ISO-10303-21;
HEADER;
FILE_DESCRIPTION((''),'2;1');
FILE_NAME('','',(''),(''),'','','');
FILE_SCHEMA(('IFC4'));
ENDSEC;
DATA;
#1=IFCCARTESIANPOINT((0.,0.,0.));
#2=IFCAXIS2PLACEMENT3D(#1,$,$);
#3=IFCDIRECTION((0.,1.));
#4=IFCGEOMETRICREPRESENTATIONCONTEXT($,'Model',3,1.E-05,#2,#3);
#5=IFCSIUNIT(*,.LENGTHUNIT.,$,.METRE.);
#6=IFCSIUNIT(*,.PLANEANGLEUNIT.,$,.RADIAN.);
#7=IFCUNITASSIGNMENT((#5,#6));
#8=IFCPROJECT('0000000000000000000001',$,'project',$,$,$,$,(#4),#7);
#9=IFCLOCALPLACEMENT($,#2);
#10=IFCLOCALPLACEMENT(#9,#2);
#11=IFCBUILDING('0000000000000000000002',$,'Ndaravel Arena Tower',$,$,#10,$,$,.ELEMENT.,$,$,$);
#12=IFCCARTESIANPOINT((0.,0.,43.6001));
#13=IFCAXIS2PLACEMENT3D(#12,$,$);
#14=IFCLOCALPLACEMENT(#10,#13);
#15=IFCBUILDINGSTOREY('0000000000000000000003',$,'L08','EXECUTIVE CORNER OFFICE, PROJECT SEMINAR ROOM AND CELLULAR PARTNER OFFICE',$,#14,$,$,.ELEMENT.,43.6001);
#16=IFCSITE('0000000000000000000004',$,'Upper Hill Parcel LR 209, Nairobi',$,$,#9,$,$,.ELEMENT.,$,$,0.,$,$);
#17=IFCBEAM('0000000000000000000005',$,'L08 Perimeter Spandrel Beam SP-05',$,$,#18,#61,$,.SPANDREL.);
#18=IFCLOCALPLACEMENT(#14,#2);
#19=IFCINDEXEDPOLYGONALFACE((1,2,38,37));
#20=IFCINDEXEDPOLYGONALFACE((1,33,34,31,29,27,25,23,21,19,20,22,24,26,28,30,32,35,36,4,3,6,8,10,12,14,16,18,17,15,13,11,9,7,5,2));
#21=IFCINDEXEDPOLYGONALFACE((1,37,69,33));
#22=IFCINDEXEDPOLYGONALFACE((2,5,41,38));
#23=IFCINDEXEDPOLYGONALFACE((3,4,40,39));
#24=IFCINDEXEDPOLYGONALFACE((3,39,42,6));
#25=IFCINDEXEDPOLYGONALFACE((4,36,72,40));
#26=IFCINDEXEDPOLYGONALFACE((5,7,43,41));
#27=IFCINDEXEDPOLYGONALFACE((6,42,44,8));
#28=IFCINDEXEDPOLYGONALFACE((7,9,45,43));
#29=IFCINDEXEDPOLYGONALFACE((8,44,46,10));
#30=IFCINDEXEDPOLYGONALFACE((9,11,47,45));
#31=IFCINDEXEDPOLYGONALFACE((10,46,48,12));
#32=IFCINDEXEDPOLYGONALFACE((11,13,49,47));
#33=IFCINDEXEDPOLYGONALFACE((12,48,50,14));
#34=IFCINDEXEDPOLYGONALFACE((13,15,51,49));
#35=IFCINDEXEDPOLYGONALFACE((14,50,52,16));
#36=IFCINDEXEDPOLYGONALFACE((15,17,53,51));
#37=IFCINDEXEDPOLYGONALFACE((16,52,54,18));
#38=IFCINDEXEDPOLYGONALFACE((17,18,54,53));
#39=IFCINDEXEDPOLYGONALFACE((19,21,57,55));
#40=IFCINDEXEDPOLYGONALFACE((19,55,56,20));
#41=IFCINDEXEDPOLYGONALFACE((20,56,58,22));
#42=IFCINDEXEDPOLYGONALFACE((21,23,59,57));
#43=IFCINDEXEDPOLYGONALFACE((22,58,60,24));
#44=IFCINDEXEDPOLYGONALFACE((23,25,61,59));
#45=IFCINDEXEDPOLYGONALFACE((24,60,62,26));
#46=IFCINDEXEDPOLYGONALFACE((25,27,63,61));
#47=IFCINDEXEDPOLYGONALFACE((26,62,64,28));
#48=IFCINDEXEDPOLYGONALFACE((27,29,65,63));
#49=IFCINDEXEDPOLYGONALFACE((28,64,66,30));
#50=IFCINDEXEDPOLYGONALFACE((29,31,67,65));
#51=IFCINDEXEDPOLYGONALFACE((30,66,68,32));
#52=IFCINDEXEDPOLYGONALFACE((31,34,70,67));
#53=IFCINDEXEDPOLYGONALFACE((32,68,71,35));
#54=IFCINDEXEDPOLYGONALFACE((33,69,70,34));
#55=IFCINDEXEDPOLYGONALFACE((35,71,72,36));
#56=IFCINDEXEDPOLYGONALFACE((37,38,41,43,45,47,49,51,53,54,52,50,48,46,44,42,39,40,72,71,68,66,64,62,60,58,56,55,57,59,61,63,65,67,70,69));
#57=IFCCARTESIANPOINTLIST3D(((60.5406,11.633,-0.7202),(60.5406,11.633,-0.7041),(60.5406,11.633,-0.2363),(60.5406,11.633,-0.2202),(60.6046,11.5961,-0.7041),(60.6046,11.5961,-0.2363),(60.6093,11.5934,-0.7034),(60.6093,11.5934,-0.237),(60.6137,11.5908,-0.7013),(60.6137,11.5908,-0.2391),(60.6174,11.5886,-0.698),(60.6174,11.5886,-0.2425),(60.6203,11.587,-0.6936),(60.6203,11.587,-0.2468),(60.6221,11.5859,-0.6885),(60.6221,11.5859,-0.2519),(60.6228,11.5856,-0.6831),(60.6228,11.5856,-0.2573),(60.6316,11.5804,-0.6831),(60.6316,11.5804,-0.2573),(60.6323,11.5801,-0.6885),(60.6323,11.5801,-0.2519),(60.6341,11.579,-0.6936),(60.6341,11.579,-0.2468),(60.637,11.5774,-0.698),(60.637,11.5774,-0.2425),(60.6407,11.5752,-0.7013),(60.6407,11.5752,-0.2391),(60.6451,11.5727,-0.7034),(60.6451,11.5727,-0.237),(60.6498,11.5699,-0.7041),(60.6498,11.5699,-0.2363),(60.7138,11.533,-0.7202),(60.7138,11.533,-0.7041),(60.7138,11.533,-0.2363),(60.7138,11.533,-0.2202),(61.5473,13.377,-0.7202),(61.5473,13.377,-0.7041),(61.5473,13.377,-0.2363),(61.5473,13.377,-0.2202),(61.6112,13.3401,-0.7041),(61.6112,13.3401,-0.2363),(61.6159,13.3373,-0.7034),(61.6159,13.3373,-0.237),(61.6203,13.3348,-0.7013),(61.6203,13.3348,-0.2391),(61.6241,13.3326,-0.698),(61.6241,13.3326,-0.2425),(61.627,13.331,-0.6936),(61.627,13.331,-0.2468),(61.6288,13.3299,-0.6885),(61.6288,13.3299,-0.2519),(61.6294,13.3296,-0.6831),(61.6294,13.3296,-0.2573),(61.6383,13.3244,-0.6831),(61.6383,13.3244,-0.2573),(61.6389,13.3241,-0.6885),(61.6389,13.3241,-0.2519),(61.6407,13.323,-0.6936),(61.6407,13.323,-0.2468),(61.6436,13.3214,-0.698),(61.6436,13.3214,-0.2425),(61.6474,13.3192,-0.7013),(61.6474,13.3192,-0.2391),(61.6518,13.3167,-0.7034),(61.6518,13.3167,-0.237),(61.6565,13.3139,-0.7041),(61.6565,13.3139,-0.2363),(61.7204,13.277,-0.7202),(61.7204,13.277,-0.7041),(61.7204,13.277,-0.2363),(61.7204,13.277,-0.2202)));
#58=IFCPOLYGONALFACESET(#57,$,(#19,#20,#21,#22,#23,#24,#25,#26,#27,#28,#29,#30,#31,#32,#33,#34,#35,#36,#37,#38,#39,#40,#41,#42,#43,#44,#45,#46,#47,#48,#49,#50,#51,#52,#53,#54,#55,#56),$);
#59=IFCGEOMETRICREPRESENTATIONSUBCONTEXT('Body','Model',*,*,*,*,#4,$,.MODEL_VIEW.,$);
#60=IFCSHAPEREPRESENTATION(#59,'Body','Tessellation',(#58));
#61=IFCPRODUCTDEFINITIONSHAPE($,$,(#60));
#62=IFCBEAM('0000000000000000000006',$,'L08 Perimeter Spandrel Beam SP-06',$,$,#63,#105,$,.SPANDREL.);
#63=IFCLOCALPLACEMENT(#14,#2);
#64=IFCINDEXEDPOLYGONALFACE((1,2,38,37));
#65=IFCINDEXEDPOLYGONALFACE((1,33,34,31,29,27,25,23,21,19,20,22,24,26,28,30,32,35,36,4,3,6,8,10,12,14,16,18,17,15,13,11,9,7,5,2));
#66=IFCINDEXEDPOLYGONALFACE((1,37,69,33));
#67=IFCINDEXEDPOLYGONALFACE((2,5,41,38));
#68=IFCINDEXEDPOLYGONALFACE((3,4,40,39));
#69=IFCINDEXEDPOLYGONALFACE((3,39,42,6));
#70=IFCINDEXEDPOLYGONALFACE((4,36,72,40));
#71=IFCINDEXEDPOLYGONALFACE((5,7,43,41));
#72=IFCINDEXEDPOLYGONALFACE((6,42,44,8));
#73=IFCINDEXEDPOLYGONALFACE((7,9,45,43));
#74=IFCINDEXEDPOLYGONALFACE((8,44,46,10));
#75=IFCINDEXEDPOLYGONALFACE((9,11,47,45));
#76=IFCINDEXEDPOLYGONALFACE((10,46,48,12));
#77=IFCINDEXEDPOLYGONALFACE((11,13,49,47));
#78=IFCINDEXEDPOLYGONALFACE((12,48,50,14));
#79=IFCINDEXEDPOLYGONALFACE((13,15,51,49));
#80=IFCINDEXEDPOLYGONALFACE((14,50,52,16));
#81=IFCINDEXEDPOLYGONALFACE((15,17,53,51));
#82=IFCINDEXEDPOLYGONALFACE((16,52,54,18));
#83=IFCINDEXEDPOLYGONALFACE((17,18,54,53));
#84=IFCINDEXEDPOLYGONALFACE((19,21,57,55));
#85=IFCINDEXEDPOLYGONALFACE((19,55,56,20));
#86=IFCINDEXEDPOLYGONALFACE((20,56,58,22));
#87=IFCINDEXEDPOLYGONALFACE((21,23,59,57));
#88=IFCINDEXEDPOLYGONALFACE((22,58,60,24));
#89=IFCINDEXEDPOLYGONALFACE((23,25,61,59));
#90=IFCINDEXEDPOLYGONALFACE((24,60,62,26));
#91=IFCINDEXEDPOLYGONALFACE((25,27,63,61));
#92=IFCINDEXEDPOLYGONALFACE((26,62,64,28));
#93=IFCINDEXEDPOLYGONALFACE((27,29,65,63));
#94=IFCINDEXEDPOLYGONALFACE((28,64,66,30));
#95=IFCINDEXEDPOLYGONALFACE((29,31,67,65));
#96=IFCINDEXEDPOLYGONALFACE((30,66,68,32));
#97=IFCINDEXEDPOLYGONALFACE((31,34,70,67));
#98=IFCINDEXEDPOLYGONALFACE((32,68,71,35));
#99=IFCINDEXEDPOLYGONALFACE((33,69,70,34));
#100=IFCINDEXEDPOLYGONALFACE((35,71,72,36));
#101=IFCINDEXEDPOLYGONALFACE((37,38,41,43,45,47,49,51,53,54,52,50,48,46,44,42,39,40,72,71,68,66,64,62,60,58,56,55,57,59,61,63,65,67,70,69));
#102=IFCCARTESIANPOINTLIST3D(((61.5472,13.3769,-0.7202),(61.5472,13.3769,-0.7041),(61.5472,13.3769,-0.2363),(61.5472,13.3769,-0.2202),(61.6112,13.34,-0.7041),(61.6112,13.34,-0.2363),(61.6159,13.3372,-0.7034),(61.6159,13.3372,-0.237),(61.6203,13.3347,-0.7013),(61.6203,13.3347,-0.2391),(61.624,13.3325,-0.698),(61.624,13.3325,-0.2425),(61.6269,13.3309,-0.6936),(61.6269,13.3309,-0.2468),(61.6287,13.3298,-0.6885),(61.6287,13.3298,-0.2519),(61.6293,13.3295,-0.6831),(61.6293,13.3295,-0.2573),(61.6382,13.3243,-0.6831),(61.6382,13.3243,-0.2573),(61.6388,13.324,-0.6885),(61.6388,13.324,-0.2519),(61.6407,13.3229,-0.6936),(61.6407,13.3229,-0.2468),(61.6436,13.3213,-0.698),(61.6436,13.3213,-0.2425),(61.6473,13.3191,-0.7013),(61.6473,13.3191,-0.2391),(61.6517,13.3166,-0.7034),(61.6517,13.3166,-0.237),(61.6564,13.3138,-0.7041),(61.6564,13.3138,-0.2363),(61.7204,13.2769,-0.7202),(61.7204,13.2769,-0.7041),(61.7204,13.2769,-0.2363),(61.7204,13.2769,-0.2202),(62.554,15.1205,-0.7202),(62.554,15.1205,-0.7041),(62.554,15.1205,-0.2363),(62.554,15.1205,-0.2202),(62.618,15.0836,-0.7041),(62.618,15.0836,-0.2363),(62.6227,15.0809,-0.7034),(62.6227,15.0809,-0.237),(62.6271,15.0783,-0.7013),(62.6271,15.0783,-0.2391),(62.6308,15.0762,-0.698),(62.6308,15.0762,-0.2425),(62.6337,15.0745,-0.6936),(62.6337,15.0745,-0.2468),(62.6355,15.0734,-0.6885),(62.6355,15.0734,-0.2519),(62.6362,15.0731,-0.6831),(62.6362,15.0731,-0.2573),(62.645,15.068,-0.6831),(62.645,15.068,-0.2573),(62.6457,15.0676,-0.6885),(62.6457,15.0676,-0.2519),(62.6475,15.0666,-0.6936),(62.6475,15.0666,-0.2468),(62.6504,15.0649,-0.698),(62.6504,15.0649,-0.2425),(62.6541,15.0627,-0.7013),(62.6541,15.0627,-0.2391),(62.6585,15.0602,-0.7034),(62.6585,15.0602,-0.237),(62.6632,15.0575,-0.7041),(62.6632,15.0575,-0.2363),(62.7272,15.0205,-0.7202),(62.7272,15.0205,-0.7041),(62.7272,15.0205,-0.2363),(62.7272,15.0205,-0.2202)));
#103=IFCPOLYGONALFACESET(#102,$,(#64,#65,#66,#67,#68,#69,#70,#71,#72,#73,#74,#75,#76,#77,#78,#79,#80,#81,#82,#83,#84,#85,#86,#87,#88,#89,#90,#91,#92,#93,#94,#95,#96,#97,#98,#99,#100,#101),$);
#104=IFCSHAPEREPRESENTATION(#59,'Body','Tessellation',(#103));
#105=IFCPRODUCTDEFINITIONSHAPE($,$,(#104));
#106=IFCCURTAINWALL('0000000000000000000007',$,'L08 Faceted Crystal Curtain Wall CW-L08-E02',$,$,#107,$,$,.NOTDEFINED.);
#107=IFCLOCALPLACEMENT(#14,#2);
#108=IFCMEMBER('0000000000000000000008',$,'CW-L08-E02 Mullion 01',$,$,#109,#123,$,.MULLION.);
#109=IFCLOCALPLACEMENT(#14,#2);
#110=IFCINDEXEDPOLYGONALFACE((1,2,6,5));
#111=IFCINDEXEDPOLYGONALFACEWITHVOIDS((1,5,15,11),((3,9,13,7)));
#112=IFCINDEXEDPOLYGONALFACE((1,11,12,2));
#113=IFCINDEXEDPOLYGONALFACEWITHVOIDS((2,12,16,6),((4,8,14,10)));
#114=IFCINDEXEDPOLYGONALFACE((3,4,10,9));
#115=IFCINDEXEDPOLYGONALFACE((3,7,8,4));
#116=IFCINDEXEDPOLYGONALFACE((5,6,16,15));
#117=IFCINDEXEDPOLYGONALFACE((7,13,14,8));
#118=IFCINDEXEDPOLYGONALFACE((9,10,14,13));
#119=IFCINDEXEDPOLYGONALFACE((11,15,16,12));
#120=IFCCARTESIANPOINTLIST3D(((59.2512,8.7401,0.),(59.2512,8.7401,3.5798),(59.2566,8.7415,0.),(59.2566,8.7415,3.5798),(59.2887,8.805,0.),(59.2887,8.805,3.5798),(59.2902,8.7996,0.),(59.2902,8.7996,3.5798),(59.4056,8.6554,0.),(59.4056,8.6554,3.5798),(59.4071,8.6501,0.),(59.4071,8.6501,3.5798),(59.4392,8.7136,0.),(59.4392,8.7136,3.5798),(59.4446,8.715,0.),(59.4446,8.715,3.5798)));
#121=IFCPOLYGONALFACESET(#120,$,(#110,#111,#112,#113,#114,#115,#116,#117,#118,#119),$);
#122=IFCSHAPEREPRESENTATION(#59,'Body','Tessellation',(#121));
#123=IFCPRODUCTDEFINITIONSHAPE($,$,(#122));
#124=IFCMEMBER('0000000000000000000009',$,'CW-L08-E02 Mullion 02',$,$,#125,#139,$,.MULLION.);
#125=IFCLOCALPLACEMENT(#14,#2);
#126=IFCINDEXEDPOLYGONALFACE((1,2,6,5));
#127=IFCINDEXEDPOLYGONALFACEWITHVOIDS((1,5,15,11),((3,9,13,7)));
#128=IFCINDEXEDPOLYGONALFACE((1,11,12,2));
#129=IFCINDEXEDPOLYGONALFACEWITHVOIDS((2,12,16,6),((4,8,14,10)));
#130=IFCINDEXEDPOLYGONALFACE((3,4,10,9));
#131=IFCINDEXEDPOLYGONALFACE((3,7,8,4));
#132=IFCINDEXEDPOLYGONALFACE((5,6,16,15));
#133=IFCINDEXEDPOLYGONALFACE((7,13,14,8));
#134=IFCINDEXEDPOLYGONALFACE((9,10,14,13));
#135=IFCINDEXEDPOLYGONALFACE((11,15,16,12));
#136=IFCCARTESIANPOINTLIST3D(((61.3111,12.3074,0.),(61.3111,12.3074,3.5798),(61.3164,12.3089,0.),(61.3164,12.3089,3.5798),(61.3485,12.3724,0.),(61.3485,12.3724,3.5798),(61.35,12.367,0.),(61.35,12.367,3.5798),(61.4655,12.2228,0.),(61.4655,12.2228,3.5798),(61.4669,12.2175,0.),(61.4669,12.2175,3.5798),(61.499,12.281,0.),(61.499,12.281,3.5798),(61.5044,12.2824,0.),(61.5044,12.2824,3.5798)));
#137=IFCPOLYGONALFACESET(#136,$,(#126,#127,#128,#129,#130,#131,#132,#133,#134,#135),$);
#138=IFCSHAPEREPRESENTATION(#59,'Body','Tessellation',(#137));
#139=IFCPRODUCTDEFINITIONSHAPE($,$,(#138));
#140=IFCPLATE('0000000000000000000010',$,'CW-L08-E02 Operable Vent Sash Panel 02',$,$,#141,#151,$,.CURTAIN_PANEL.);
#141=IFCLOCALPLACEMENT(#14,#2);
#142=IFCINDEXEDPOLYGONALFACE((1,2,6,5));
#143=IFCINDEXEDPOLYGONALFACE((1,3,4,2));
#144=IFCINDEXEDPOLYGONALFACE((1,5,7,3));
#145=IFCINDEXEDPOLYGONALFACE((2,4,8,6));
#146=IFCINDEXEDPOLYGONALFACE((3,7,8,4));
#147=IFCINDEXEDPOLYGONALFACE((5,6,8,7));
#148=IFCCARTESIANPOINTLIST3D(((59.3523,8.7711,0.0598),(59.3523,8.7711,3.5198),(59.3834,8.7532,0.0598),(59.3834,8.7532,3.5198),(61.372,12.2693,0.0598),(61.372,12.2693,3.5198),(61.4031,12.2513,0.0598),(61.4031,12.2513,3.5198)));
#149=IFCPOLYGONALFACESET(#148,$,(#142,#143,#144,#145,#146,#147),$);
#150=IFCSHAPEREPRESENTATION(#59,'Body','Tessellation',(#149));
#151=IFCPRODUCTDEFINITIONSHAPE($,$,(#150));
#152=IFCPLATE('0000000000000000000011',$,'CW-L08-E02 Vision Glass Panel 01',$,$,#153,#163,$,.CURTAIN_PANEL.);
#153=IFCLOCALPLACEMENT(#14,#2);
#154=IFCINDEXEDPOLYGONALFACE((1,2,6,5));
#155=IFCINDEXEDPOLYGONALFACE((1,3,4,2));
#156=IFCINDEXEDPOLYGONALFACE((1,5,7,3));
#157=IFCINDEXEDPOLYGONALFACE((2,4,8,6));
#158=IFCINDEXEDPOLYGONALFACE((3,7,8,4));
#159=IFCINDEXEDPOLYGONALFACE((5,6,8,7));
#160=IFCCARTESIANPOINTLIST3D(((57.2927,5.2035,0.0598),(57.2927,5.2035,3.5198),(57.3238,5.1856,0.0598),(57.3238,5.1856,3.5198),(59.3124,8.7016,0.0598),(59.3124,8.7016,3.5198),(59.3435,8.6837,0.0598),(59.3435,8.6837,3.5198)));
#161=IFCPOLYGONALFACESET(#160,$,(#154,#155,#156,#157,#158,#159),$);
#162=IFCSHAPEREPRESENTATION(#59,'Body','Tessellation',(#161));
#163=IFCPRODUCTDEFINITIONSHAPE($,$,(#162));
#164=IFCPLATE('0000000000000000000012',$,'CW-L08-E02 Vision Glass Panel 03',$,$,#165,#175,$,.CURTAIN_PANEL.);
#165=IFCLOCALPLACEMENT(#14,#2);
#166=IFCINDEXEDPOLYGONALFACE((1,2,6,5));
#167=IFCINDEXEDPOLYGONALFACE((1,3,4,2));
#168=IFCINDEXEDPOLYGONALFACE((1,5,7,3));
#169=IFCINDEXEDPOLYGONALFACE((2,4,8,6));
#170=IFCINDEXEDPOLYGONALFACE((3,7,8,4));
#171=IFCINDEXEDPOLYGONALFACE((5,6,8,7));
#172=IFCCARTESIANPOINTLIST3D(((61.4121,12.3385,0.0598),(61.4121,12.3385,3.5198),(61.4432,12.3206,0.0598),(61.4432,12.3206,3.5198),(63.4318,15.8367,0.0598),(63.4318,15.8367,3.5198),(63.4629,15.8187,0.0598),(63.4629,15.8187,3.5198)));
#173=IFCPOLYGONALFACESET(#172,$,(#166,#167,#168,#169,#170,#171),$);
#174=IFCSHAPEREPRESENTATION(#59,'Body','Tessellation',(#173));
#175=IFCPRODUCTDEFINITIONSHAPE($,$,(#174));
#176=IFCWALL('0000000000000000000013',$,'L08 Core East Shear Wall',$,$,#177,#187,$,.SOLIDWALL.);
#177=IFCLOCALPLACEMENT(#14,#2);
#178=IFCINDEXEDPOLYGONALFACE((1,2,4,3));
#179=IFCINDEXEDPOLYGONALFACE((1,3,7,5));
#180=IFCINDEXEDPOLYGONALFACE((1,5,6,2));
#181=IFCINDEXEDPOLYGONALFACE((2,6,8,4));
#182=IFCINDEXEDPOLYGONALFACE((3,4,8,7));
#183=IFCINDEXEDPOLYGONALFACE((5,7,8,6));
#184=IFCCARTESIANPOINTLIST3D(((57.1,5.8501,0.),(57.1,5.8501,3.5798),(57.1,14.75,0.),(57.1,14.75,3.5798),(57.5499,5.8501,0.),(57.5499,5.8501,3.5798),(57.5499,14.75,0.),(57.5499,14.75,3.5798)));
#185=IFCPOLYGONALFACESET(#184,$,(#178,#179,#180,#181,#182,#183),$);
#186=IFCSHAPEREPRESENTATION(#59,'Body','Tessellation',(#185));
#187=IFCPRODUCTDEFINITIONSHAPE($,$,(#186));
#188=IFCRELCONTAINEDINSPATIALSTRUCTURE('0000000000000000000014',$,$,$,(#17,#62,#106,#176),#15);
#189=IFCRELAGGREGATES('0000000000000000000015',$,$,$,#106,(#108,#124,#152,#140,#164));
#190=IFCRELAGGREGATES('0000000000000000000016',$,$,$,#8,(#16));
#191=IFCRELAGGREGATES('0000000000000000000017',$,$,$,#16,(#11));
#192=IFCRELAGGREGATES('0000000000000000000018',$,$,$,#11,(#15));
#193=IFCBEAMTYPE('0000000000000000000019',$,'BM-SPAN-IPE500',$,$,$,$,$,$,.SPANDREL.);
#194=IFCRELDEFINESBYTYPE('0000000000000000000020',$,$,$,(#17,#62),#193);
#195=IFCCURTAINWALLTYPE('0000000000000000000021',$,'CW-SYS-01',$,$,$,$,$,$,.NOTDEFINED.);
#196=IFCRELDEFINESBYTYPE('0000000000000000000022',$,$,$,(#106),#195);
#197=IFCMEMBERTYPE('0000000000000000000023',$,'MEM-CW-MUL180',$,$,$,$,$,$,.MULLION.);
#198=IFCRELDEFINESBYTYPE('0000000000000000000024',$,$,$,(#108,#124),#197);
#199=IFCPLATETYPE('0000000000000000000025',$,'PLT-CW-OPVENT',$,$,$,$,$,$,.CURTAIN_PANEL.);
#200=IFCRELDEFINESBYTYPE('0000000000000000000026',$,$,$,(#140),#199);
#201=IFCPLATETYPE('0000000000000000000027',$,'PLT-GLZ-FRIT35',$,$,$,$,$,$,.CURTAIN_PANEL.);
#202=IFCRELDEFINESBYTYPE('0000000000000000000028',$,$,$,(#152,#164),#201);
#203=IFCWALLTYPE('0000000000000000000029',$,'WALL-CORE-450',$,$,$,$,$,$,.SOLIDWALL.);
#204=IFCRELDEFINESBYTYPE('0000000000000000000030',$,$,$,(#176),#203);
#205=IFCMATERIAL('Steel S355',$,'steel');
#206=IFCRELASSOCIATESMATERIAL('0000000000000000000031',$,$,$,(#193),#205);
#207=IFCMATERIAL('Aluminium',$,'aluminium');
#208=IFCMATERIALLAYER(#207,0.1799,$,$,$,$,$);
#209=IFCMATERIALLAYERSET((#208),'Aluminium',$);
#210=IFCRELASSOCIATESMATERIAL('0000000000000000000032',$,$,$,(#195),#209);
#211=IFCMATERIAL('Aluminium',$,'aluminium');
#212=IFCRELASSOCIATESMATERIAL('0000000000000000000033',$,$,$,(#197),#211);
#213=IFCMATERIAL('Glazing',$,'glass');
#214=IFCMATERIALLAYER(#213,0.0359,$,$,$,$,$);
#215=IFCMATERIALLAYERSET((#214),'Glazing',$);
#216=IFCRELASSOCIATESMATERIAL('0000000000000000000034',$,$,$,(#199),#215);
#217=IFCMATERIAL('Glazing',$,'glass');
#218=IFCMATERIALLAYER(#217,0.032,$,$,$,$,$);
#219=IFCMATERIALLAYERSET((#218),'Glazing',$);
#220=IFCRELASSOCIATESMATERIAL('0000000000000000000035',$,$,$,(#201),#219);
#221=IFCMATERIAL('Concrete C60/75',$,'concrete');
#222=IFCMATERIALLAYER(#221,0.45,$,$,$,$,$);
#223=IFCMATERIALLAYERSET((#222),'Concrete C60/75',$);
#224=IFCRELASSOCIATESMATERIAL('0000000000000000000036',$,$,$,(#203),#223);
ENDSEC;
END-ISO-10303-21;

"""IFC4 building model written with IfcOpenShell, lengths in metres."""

from ifc_helpers import new_model, si_unit, direction, frame, frame_2d, origin, origin_2d, place, context, subcontext, project, spatial, rectangle, hollow_rectangle, i_section, extrude, material, layer, layer_set, material_profile, profile_set, type_object, element, aggregate, save


model = new_model("IFC4")

# Units and contexts
model_context = context("Model", 3, precision=1e-05, world=origin(), true_north=direction((0.0, 1.0)))
body_context = subcontext(model_context, "Body", "Model", "MODEL_VIEW")
ifc_project = project(units=[si_unit("LENGTHUNIT", "METRE"), si_unit("PLANEANGLEUNIT", "RADIAN")], contexts=[model_context])

# Site, building, storey
site_placement = place(None, origin())
site = spatial("IfcSite", under=ifc_project, at=site_placement, Name="Upper Hill Parcel LR 209, Nairobi", CompositionType="ELEMENT", RefElevation=0.0)
building_placement = place(site_placement, origin())
building = spatial("IfcBuilding", under=site, at=building_placement, Name="Ndaravel Arena Tower", CompositionType="ELEMENT")
storey_placement = place(building_placement, frame((0.0, 0.0, 43.6001)))
storey = spatial("IfcBuildingStorey", under=building, at=storey_placement, Name="L08", Description="EXECUTIVE CORNER OFFICE, PROJECT SEMINAR ROOM AND CELLULAR PARTNER OFFICE", CompositionType="ELEMENT", Elevation=43.6001)

# Beams
ifc_material_1 = material(Name="Steel S355", Category="steel")
ifc_material_profile_1 = material_profile(ifc_material_1, i_section(OverallWidth=0.2, OverallDepth=0.5, WebThickness=0.0103, FlangeThickness=0.0161, FilletRadius=0.021, at=origin_2d()), Name="IPE 500")
ifc_profile_set_1 = profile_set([ifc_material_profile_1], Name="Steel S355")
beam_type = type_object("IfcBeamType", Name="BM-SPAN-IPE500", PredefinedType="SPANDREL", material=ifc_profile_set_1)
beam_1_placement = place(storey_placement, frame((60.6272, 11.583, -0.4702), z_axis=(0.499908, 0.866079, 0.0), x_axis=(-0.866079, 0.499908, 0.0)))
element("IfcBeam", 1, at=beam_1_placement, inside=storey, type_object=beam_type, Name="L08 Perimeter Spandrel Beam SP-05", PredefinedType="SPANDREL", context=body_context, shape_type="SweptSolid", body=[
    extrude(i_section(OverallWidth=0.2, OverallDepth=0.5, WebThickness=0.0103, FlangeThickness=0.0161, FilletRadius=0.021, at=origin_2d()), origin(), (0.0, 0.0, 1.0), 2.0137),
])
beam_2_placement = place(storey_placement, frame((61.6338, 13.3269, -0.4702), z_axis=(0.500051, 0.865996, 0.0), x_axis=(-0.865996, 0.500051, 0.0)))
element("IfcBeam", 2, at=beam_2_placement, inside=storey, type_object=beam_type, Name="L08 Perimeter Spandrel Beam SP-06", PredefinedType="SPANDREL", context=body_context, shape_type="SweptSolid", body=[
    extrude(i_section(OverallWidth=0.2, OverallDepth=0.5, WebThickness=0.0103, FlangeThickness=0.0161, FilletRadius=0.021, at=origin_2d()), origin(), (0.0, 0.0, 1.0), 2.0134),
])

# Curtain wall, members, plates
ifc_material_2 = material(Name="Aluminium", Category="aluminium")
ifc_layer_1 = layer(ifc_material_2, 0.1799)
ifc_layer_set_1 = layer_set([ifc_layer_1], Name="Aluminium")
curtain_wall_type = type_object("IfcCurtainWallType", Name="CW-SYS-01", PredefinedType="NOTDEFINED", material=ifc_layer_set_1)
curtain_wall_placement = place(storey_placement, origin())
curtain_wall = element("IfcCurtainWall", 3, at=curtain_wall_placement, inside=storey, type_object=curtain_wall_type, Name="L08 Faceted Crystal Curtain Wall CW-L08-E02", PredefinedType="NOTDEFINED")
ifc_material_3 = material(Name="Aluminium", Category="aluminium")
ifc_material_profile_2 = material_profile(ifc_material_3, hollow_rectangle(XDim=0.075, YDim=0.1799, WallThickness=0.0039, at=origin_2d()), Name="CW MULLION 75x180x4")
ifc_profile_set_2 = profile_set([ifc_material_profile_2], Name="Aluminium")
member_type = type_object("IfcMemberType", Name="MEM-CW-MUL180", PredefinedType="MULLION", material=ifc_profile_set_2)
member_1_placement = place(storey_placement, frame((59.3479, 8.7275, 0.0), z_axis=(0.0, 0.0, 1.0), x_axis=(0.5, 0.866025, 0.0)))
member_1 = element("IfcMember", 4, at=member_1_placement, type_object=member_type, Name="CW-L08-E02 Mullion 01", PredefinedType="MULLION", context=body_context, shape_type="SweptSolid", body=[
    extrude(hollow_rectangle(XDim=0.075, YDim=0.1799, WallThickness=0.0039, at=origin_2d()), origin(), (0.0, 0.0, 1.0), 3.5798),
])
member_2_placement = place(storey_placement, frame((61.4077, 12.2949, 0.0), z_axis=(0.0, 0.0, 1.0), x_axis=(0.5, 0.866025, 0.0)))
member_2 = element("IfcMember", 5, at=member_2_placement, type_object=member_type, Name="CW-L08-E02 Mullion 02", PredefinedType="MULLION", context=body_context, shape_type="SweptSolid", body=[
    extrude(hollow_rectangle(XDim=0.075, YDim=0.1799, WallThickness=0.0039, at=origin_2d()), origin(), (0.0, 0.0, 1.0), 3.5798),
])
ifc_material_4 = material(Name="Glazing", Category="glass")
ifc_layer_2 = layer(ifc_material_4, 0.0359)
ifc_layer_set_2 = layer_set([ifc_layer_2], Name="Glazing")
plate_type_1 = type_object("IfcPlateType", Name="PLT-CW-OPVENT", PredefinedType="CURTAIN_PANEL", material=ifc_layer_set_2)
plate_1_placement = place(storey_placement, frame((60.3777, 10.5112, 0.0598), z_axis=(0.0, 0.0, 1.0), x_axis=(0.5, 0.866025, 0.0)))
plate_1 = element("IfcPlate", 6, at=plate_1_placement, type_object=plate_type_1, Name="CW-L08-E02 Operable Vent Sash Panel 02", PredefinedType="CURTAIN_PANEL", context=body_context, shape_type="SweptSolid", body=[
    extrude(rectangle(XDim=4.0393, YDim=0.0359, at=origin_2d()), origin(), (0.0, 0.0, 1.0), 3.46),
])
ifc_material_5 = material(Name="Glazing", Category="glass")
ifc_layer_3 = layer(ifc_material_5, 0.032)
ifc_layer_set_3 = layer_set([ifc_layer_3], Name="Glazing")
plate_type_2 = type_object("IfcPlateType", Name="PLT-GLZ-FRIT35", PredefinedType="CURTAIN_PANEL", material=ifc_layer_set_3)
plate_2_placement = place(storey_placement, frame((58.3181, 6.9436, 0.0598), z_axis=(0.0, 0.0, 1.0), x_axis=(0.5, 0.866025, 0.0)))
plate_2 = element("IfcPlate", 7, at=plate_2_placement, type_object=plate_type_2, Name="CW-L08-E02 Vision Glass Panel 01", PredefinedType="CURTAIN_PANEL", context=body_context, shape_type="SweptSolid", body=[
    extrude(rectangle(XDim=4.0393, YDim=0.0359, at=origin_2d()), origin(), (0.0, 0.0, 1.0), 3.46),
])
plate_3_placement = place(storey_placement, frame((62.4375, 14.0786, 0.0598), z_axis=(0.0, 0.0, 1.0), x_axis=(0.5, 0.866025, 0.0)))
plate_3 = element("IfcPlate", 8, at=plate_3_placement, type_object=plate_type_2, Name="CW-L08-E02 Vision Glass Panel 03", PredefinedType="CURTAIN_PANEL", context=body_context, shape_type="SweptSolid", body=[
    extrude(rectangle(XDim=4.0393, YDim=0.0359, at=origin_2d()), origin(), (0.0, 0.0, 1.0), 3.46),
])
aggregate(curtain_wall, [member_1, member_2, plate_2, plate_1, plate_3])

# Wall
ifc_material_6 = material(Name="Concrete C60/75", Category="concrete")
ifc_layer_4 = layer(ifc_material_6, 0.45)
ifc_layer_set_4 = layer_set([ifc_layer_4], Name="Concrete C60/75")
wall_type = type_object("IfcWallType", Name="WALL-CORE-450", PredefinedType="SOLIDWALL", material=ifc_layer_set_4)
wall_placement = place(storey_placement, frame((57.325, 5.8501, 0.0), z_axis=(0.0, 0.0, 1.0), x_axis=(0.0, 1.0, 0.0)))
element("IfcWall", 9, at=wall_placement, inside=storey, type_object=wall_type, Name="L08 Core East Shear Wall", PredefinedType="SOLIDWALL", context=body_context, shape_type="SweptSolid", body=[
    extrude(rectangle(XDim=8.8999, YDim=0.45, at=frame_2d((4.45, 0.0))), origin(), (0.0, 0.0, 1.0), 3.5798),
])

save(model, "model.ifc")
